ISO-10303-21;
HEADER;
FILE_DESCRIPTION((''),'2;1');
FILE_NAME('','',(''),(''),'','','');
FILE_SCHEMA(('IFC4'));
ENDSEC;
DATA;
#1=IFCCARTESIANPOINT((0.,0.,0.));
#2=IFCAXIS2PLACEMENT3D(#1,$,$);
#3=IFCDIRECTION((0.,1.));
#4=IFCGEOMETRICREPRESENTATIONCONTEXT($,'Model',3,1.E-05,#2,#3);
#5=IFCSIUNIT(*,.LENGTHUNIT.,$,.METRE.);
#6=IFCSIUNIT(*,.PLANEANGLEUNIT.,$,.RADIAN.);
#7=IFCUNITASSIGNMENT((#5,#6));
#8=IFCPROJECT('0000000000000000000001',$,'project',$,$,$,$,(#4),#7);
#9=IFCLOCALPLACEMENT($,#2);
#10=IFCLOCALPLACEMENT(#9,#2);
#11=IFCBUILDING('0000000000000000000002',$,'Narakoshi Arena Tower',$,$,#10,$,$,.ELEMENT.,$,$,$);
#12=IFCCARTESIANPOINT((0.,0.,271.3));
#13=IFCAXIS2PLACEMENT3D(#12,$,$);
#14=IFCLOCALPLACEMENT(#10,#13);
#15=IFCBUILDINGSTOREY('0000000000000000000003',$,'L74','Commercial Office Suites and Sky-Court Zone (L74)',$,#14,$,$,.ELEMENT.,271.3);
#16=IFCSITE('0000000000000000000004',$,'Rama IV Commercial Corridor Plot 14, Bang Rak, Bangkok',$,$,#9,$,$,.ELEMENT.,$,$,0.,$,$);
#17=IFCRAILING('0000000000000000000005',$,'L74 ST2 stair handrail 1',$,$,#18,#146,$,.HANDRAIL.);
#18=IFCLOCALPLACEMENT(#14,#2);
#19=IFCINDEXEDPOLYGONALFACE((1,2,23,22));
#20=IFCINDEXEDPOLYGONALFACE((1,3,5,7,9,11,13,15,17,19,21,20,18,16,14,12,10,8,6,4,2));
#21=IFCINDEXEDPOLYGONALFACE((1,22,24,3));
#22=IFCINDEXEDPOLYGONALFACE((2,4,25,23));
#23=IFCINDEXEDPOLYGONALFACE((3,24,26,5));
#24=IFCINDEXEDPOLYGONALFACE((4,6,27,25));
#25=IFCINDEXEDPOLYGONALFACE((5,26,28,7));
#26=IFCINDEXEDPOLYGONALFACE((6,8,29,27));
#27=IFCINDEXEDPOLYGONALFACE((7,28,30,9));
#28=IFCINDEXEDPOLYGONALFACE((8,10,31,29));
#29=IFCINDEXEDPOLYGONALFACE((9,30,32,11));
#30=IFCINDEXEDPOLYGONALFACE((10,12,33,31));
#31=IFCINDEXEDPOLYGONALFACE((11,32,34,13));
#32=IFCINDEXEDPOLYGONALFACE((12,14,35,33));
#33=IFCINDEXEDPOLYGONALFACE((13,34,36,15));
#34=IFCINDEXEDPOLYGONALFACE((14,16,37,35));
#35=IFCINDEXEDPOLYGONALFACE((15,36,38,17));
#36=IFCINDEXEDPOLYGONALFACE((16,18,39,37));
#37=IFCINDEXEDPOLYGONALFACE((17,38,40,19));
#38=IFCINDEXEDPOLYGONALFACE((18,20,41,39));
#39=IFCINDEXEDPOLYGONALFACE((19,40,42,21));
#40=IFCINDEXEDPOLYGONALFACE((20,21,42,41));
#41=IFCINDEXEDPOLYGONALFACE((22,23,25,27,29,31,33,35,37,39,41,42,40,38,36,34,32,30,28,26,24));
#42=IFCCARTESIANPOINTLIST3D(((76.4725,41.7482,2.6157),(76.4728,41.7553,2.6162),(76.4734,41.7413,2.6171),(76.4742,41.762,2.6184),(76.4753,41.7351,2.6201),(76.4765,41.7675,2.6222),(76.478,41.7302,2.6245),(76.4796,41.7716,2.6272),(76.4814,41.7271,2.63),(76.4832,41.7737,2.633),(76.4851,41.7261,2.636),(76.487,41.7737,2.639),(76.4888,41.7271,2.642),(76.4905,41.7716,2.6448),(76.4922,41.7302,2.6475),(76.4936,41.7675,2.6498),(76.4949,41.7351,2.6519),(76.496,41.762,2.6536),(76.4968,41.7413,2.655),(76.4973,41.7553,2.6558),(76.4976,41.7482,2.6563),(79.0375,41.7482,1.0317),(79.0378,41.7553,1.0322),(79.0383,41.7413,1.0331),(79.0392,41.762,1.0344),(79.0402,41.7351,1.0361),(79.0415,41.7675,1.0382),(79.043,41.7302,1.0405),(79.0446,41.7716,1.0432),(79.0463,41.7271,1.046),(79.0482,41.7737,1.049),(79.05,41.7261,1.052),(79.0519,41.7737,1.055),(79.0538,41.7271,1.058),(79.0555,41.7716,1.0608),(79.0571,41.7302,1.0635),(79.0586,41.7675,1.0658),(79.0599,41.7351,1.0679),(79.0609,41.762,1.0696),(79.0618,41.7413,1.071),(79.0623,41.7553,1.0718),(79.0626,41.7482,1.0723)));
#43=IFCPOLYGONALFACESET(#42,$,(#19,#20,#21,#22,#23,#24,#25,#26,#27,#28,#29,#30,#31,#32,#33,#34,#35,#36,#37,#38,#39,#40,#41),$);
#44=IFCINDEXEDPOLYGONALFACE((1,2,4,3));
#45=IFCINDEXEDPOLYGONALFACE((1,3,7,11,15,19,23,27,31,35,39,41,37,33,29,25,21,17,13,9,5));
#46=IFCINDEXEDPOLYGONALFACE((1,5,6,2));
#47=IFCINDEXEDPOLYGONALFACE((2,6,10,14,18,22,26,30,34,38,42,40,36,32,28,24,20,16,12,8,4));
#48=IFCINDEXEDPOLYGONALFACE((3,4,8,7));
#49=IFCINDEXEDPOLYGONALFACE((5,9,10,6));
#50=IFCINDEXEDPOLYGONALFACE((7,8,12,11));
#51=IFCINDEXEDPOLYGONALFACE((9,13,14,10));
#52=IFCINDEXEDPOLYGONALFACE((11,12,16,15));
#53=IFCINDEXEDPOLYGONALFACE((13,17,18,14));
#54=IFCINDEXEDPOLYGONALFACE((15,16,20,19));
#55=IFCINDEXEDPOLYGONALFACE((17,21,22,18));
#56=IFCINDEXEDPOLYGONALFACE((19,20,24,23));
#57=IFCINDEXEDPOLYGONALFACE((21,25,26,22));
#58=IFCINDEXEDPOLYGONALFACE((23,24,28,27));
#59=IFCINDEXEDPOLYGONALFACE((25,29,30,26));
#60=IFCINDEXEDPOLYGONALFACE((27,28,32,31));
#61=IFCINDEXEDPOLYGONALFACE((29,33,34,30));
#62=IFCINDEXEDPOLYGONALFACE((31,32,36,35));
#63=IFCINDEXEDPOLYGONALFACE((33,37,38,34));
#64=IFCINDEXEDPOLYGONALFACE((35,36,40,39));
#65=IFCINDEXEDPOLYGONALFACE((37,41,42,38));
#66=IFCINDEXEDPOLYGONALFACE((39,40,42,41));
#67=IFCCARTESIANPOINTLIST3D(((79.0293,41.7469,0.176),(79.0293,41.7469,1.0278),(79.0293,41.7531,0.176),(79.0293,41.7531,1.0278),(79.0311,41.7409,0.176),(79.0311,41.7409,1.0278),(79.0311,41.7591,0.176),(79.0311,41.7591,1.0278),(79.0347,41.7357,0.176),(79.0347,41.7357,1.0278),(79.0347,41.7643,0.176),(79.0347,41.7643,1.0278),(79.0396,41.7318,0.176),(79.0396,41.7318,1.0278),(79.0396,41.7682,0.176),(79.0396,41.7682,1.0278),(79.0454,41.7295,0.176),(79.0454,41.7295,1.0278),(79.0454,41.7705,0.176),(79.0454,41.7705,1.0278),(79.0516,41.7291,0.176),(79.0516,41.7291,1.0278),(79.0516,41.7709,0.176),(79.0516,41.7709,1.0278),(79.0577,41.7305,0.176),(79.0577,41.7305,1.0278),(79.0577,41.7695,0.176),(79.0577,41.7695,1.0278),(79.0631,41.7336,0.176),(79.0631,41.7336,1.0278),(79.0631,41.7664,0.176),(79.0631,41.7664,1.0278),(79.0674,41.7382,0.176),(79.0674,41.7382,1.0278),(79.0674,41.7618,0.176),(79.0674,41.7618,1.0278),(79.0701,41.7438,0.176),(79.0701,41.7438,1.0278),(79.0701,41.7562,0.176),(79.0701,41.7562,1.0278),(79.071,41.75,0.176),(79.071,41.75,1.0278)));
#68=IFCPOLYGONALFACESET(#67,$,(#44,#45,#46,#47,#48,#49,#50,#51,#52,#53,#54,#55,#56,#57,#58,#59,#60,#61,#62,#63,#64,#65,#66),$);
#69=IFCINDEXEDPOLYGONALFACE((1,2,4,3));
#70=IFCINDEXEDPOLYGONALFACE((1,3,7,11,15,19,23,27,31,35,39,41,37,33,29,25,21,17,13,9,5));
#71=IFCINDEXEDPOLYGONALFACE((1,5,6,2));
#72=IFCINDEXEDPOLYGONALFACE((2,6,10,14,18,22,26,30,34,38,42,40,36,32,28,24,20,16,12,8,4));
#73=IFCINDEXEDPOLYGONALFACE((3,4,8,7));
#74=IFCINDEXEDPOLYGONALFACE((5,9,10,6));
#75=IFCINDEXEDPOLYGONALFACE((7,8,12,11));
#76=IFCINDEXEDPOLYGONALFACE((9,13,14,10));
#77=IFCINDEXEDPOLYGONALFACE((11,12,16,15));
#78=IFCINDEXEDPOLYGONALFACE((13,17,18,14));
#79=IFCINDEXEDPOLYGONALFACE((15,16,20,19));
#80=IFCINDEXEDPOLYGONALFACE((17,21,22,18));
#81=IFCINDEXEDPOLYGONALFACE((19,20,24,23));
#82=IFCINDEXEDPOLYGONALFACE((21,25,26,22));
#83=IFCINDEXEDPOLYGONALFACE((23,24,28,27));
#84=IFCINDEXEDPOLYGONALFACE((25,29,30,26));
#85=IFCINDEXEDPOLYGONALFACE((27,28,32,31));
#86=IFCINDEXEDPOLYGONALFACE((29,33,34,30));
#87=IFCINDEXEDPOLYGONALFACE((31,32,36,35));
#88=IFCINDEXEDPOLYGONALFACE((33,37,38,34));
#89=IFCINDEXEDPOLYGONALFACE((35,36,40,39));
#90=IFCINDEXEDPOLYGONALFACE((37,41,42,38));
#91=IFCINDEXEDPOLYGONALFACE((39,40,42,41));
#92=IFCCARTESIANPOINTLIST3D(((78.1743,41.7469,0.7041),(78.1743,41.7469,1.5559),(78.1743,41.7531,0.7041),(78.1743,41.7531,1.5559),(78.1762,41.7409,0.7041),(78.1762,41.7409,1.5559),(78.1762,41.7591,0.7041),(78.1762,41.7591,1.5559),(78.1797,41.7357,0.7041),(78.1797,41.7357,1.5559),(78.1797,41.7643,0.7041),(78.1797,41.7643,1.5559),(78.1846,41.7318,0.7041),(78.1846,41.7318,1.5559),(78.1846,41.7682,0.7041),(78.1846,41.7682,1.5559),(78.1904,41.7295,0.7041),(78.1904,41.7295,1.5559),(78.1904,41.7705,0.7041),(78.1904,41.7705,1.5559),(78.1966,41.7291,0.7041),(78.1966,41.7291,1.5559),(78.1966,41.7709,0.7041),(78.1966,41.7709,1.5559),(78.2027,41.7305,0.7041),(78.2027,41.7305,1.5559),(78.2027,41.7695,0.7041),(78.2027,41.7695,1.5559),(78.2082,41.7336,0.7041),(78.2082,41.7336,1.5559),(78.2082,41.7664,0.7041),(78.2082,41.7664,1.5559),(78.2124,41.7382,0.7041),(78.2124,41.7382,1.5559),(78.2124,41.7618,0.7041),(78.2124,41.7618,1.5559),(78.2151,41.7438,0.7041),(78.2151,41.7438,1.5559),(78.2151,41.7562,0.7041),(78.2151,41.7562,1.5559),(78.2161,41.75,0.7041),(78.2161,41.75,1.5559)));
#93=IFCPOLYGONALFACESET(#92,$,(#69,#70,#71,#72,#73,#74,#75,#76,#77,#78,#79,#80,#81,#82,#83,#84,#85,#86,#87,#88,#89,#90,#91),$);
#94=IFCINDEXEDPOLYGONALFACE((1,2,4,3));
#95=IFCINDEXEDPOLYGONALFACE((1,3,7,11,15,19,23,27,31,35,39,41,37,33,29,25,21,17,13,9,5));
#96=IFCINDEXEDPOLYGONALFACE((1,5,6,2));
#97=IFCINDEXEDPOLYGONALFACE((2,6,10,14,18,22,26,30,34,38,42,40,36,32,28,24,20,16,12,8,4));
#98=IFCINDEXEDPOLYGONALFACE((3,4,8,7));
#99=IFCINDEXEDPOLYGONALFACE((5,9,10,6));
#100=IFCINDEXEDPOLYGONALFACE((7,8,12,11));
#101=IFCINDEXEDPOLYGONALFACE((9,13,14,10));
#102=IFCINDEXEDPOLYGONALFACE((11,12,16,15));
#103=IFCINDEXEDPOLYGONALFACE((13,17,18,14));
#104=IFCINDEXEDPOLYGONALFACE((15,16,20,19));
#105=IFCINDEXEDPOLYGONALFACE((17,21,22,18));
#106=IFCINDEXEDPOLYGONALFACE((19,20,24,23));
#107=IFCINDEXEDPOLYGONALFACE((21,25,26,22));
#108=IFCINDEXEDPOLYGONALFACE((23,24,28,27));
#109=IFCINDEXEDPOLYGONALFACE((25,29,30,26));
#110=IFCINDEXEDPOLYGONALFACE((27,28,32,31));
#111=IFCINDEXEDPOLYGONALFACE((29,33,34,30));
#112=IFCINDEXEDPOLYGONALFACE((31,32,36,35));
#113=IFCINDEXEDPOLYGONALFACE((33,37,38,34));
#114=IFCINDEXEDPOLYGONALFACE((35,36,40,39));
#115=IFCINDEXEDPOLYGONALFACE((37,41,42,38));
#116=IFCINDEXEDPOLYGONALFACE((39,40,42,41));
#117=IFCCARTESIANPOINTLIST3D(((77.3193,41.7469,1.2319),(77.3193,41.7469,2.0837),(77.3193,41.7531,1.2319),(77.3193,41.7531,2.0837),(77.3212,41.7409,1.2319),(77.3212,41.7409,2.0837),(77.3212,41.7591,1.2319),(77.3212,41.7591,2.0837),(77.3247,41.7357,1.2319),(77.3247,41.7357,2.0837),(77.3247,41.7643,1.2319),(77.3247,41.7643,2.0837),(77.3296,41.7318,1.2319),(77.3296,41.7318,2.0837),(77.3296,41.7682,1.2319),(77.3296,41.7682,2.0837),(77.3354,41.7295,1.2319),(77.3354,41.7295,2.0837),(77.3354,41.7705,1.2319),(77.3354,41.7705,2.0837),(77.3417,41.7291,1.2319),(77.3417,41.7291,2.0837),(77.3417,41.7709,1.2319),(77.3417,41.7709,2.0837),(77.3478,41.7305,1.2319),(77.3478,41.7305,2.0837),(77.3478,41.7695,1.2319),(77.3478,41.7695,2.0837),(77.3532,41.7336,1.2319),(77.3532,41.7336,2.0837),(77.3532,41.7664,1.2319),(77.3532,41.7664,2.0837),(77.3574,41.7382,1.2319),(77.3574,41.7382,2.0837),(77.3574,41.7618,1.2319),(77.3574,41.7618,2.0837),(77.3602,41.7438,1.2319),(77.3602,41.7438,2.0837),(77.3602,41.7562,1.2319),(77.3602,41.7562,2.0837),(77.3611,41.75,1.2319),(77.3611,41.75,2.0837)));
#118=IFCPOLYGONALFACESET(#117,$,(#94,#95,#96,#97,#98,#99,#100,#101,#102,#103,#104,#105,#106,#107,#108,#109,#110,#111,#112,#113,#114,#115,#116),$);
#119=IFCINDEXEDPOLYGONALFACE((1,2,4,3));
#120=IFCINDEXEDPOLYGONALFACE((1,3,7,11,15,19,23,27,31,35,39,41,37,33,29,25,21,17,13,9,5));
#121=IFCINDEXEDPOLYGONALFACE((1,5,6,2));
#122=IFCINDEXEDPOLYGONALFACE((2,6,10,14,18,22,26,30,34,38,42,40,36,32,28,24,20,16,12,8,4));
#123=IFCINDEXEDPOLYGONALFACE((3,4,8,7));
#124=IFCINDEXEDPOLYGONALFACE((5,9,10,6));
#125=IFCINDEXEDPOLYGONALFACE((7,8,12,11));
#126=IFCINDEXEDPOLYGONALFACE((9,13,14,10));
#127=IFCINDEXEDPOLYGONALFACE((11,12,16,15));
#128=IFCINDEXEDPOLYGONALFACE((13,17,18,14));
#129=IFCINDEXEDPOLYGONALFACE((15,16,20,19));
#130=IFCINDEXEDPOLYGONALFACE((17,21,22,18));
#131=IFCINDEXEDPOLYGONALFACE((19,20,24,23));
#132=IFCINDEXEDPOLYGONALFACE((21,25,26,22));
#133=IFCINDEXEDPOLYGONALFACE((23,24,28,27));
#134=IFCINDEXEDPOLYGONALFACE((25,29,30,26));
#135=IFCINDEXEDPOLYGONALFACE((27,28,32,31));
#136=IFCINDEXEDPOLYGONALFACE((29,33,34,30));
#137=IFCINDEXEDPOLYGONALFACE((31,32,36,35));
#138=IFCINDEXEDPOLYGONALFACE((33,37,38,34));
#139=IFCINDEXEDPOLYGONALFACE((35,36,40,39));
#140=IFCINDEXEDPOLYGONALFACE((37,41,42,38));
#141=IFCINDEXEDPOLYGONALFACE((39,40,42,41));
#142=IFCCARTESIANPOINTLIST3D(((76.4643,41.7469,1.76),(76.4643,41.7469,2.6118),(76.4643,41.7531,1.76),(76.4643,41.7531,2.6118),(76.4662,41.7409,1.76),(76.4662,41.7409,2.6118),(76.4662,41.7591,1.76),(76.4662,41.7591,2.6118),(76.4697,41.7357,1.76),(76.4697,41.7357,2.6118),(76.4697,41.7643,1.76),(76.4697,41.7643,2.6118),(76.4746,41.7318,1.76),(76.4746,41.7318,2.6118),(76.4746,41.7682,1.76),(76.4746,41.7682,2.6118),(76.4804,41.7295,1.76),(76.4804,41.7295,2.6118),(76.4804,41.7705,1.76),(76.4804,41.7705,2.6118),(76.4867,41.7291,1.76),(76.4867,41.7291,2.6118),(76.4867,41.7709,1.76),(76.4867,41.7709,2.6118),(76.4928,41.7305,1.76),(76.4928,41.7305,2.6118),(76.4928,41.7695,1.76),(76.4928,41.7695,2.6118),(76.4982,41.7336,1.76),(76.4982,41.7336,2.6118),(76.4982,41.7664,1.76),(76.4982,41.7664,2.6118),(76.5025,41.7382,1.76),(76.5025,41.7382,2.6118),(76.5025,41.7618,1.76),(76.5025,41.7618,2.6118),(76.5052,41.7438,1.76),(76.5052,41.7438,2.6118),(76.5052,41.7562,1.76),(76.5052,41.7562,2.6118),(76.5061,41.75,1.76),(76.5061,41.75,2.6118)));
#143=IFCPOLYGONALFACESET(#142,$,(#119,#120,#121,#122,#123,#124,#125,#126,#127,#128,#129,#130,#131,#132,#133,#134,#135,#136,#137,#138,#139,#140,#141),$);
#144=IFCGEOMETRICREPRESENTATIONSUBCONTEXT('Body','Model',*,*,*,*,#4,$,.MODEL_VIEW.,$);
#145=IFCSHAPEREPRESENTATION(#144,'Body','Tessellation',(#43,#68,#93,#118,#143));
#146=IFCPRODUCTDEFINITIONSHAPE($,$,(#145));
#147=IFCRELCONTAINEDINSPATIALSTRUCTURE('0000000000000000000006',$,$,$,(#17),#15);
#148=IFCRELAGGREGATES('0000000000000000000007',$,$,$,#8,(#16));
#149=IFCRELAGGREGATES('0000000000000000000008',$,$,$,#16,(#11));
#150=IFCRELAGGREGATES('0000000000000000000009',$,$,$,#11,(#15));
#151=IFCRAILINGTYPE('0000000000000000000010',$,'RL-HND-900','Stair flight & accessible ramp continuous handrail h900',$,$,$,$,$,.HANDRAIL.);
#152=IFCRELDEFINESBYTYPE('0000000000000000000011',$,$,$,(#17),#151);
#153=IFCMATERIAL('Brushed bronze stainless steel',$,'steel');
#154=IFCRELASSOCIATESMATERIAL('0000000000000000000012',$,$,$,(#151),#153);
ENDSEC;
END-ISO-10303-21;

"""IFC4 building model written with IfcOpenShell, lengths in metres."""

from ifc_helpers import new_model, si_unit, direction, frame, origin, origin_2d, place, context, subcontext, project, spatial, circle, extrude, material, type_object, element, save


model = new_model("IFC4")

# Units and contexts
model_context = context("Model", 3, precision=1e-05, world=origin(), true_north=direction((0.0, 1.0)))
body_context = subcontext(model_context, "Body", "Model", "MODEL_VIEW")
ifc_project = project(units=[si_unit("LENGTHUNIT", "METRE"), si_unit("PLANEANGLEUNIT", "RADIAN")], contexts=[model_context])

# Site, building, storey
site_placement = place(None, origin())
site = spatial("IfcSite", under=ifc_project, at=site_placement, Name="Rama IV Commercial Corridor Plot 14, Bang Rak, Bangkok", CompositionType="ELEMENT", RefElevation=0.0)
building_placement = place(site_placement, origin())
building = spatial("IfcBuilding", under=site, at=building_placement, Name="Narakoshi Arena Tower", CompositionType="ELEMENT")
storey_placement = place(building_placement, frame((0.0, 0.0, 271.3)))
storey = spatial("IfcBuildingStorey", under=building, at=storey_placement, Name="L74", Description="Commercial Office Suites and Sky-Court Zone (L74)", CompositionType="ELEMENT", Elevation=271.3)

# Railing
ifc_material_1 = material(Name="Brushed bronze stainless steel", Category="steel")
railing_type_1 = type_object("IfcRailingType", Name="RL-HND-900", Description="Stair flight & accessible ramp continuous handrail h900", PredefinedType="HANDRAIL", material=ifc_material_1)
railing_1_placement = place(storey_placement, frame((79.05, 41.75, 0.176)))
element("IfcRailing", 1, at=railing_1_placement, inside=storey, type_object=railing_type_1, Name="L74 ST2 stair handrail 1", PredefinedType="HANDRAIL", context=body_context, shape_type="SweptSolid", body=[
    extrude(circle(Radius=0.0239, at=origin_2d()), frame((0.0, 0.0, 0.876), z_axis=(-0.850834, 0.0, 0.525434), x_axis=(0.0, -1.0, 0.0)), (0.0, 0.0, 1.0), 3.0146),
    extrude(circle(Radius=0.021, at=origin_2d()), origin(), (0.0, 0.0, 1.0), 0.8518),
    extrude(circle(Radius=0.021, at=origin_2d()), frame((-0.855, 0.0, 0.5281)), (0.0, 0.0, 1.0), 0.8518),
    extrude(circle(Radius=0.021, at=origin_2d()), frame((-1.71, 0.0, 1.0559)), (0.0, 0.0, 1.0), 0.8518),
    extrude(circle(Radius=0.021, at=origin_2d()), frame((-2.5649, 0.0, 1.584)), (0.0, 0.0, 1.0), 0.8518),
])

save(model, "model.ifc")
